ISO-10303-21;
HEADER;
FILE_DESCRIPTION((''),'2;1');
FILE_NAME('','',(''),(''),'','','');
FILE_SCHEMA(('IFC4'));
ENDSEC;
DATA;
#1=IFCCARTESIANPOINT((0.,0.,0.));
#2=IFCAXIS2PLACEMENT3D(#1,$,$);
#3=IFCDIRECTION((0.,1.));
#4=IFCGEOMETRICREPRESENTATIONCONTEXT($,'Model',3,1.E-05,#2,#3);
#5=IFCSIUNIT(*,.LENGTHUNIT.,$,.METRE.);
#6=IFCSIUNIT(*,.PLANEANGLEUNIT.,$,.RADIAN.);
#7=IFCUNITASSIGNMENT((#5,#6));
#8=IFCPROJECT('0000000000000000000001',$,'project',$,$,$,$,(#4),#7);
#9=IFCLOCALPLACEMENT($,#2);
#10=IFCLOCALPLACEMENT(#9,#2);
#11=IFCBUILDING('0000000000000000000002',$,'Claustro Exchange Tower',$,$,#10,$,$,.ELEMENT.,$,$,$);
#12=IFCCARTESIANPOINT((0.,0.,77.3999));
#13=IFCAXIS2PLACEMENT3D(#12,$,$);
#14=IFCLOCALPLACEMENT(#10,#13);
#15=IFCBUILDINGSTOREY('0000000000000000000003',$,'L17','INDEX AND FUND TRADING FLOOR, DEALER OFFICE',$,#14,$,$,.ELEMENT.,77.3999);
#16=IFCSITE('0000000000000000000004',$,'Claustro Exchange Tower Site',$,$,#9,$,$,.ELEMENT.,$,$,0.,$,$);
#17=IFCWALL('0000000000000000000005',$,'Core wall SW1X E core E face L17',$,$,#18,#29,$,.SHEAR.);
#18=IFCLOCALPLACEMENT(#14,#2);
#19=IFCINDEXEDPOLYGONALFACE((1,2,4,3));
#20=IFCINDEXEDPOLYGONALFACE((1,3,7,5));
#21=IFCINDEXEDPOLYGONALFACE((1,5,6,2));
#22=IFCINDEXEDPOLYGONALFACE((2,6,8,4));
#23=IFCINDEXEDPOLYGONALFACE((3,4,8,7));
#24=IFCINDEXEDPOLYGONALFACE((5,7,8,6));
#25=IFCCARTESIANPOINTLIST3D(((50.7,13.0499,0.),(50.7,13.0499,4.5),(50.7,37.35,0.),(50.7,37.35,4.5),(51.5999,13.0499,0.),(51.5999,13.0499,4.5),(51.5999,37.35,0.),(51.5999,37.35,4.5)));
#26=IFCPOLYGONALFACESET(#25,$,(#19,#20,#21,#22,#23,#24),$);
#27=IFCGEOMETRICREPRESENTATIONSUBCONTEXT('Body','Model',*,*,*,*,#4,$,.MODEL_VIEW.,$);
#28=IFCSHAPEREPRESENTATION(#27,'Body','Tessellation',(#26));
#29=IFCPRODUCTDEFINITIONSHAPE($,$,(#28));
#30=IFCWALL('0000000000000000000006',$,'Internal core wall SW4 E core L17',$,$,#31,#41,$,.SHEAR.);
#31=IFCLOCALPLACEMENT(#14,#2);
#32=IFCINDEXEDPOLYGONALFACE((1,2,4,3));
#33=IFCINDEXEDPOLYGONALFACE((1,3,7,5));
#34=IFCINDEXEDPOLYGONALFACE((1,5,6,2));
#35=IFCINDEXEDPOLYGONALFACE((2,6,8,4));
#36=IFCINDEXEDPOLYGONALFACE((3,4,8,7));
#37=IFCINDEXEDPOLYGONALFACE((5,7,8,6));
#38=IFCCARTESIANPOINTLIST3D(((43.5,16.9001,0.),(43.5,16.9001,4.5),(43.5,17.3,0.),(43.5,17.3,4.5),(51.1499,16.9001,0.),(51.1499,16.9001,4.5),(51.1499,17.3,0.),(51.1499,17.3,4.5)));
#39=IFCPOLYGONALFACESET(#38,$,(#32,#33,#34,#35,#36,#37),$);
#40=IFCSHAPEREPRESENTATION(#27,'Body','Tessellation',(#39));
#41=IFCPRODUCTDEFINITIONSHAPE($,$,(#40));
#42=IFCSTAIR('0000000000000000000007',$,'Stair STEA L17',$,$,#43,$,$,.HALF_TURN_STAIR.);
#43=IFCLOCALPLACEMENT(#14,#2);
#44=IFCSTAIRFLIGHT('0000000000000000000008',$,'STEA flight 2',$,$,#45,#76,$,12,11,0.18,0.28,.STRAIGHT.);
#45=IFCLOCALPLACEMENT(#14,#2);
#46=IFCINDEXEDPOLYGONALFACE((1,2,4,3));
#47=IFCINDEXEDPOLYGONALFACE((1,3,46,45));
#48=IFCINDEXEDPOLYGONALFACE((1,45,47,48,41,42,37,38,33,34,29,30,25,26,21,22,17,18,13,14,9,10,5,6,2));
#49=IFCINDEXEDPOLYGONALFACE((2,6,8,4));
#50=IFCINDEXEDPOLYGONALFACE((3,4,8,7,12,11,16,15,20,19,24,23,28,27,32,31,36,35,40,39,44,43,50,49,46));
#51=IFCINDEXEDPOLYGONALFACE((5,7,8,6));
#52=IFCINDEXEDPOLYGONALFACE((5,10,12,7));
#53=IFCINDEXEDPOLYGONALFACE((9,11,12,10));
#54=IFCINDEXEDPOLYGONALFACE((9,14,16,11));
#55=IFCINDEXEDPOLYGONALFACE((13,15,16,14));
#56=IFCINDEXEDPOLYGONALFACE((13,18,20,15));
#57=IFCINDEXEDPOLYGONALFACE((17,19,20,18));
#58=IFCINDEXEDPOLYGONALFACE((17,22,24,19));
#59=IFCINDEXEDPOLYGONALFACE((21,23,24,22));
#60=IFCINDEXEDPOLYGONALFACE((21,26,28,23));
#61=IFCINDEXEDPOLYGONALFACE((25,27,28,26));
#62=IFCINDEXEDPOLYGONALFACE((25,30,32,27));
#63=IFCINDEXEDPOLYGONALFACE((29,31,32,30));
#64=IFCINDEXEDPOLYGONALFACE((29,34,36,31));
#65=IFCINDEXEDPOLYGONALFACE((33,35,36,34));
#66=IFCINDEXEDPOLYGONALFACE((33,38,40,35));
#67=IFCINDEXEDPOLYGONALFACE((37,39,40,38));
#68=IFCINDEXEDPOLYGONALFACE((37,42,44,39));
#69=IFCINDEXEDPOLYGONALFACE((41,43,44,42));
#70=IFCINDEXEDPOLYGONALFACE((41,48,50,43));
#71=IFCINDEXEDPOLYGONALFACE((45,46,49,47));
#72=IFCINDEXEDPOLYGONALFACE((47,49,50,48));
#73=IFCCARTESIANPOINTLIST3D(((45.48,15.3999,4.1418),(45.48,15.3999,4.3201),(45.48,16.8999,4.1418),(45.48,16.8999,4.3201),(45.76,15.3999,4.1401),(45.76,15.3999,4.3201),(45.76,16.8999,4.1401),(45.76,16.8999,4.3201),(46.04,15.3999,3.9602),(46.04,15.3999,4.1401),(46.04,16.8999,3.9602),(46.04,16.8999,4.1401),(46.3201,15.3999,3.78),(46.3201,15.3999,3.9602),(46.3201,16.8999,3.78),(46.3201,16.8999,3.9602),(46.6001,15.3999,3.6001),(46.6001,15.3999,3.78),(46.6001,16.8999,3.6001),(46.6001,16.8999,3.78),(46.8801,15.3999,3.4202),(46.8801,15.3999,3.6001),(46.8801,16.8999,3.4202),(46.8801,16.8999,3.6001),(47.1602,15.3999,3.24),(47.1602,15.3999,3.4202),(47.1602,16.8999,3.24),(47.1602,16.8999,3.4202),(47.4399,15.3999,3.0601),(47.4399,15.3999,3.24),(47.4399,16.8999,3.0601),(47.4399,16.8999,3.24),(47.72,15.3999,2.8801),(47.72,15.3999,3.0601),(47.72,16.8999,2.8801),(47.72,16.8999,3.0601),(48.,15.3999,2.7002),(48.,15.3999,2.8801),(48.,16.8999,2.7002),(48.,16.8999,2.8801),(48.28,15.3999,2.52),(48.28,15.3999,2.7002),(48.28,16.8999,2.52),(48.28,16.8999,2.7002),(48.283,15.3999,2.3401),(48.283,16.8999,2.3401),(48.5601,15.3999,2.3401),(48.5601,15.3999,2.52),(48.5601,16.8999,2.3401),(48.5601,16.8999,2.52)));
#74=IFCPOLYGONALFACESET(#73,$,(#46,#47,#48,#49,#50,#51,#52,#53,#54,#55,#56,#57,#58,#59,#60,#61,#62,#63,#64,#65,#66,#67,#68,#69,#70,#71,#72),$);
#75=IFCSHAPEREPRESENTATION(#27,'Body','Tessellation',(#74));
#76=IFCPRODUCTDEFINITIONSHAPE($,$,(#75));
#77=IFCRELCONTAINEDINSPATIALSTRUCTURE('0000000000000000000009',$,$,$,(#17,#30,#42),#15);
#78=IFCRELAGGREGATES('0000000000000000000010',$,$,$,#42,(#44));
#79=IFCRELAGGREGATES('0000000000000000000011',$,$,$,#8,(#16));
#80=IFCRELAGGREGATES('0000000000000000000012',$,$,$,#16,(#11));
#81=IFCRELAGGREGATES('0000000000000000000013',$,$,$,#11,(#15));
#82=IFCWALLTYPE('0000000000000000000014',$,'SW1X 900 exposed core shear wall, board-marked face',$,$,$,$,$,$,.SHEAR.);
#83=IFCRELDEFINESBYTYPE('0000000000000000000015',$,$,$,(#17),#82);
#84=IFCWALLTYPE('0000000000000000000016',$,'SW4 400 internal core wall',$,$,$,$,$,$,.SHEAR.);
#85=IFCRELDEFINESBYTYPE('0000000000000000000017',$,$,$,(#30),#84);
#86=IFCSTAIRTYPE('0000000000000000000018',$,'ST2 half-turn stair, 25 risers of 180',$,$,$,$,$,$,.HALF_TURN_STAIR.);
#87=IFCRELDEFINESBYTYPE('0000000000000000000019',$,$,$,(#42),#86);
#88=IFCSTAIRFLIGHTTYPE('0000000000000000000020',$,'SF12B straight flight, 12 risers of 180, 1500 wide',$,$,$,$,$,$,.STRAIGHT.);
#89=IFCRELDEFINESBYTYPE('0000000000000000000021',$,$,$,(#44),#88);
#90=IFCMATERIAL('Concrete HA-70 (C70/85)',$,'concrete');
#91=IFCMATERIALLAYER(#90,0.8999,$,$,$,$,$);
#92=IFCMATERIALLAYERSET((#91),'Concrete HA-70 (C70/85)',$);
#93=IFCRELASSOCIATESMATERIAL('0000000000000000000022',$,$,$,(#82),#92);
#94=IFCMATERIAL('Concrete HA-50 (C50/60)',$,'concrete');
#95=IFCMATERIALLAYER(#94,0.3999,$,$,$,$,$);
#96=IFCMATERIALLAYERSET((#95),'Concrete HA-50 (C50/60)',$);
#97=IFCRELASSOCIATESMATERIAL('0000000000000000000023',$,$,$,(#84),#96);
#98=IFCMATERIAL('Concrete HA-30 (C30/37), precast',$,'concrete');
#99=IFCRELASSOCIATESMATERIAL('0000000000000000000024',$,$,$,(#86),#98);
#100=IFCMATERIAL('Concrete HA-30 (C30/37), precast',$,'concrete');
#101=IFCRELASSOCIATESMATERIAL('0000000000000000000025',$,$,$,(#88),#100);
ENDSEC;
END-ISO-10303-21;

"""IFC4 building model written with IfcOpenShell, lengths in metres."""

from ifc_helpers import new_model, si_unit, direction, frame, frame_2d, origin, place, context, subcontext, project, spatial, polyline, rectangle, outline, extrude, material, layer, layer_set, type_object, element, aggregate, save


model = new_model("IFC4")

# Units and contexts
model_context = context("Model", 3, precision=1e-05, world=origin(), true_north=direction((0.0, 1.0)))
body_context = subcontext(model_context, "Body", "Model", "MODEL_VIEW")
ifc_project = project(units=[si_unit("LENGTHUNIT", "METRE"), si_unit("PLANEANGLEUNIT", "RADIAN")], contexts=[model_context])

# Site, building, storey
site_placement = place(None, origin())
site = spatial("IfcSite", under=ifc_project, at=site_placement, Name="Claustro Exchange Tower Site", CompositionType="ELEMENT", RefElevation=0.0)
building_placement = place(site_placement, origin())
building = spatial("IfcBuilding", under=site, at=building_placement, Name="Claustro Exchange Tower", CompositionType="ELEMENT")
storey_placement = place(building_placement, frame((0.0, 0.0, 77.3999)))
storey = spatial("IfcBuildingStorey", under=building, at=storey_placement, Name="L17", Description="INDEX AND FUND TRADING FLOOR, DEALER OFFICE", CompositionType="ELEMENT", Elevation=77.3999)

# Walls
ifc_material_1 = material(Name="Concrete HA-70 (C70/85)", Category="concrete")
ifc_layer_1 = layer(ifc_material_1, 0.8999)
ifc_layer_set_1 = layer_set([ifc_layer_1], Name="Concrete HA-70 (C70/85)")
wall_type_1 = type_object("IfcWallType", Name="SW1X 900 exposed core shear wall, board-marked face", PredefinedType="SHEAR", material=ifc_layer_set_1)
wall_1_placement = place(storey_placement, frame((51.1499, 13.05, 0.0), z_axis=(0.0, 0.0, 1.0), x_axis=(0.0, 1.0, 0.0)))
element("IfcWall", 1, at=wall_1_placement, inside=storey, type_object=wall_type_1, Name="Core wall SW1X E core E face L17", PredefinedType="SHEAR", context=body_context, shape_type="SweptSolid", body=[
    extrude(rectangle(XDim=24.3, YDim=0.8999, at=frame_2d((12.1499, 0.0))), origin(), (0.0, 0.0, 1.0), 4.5),
])
ifc_material_2 = material(Name="Concrete HA-50 (C50/60)", Category="concrete")
ifc_layer_2 = layer(ifc_material_2, 0.3999)
ifc_layer_set_2 = layer_set([ifc_layer_2], Name="Concrete HA-50 (C50/60)")
wall_type_2 = type_object("IfcWallType", Name="SW4 400 internal core wall", PredefinedType="SHEAR", material=ifc_layer_set_2)
wall_2_placement = place(storey_placement, frame((51.1499, 17.1001, 0.0), z_axis=(0.0, 0.0, 1.0), x_axis=(-1.0, 0.0, 0.0)))
element("IfcWall", 2, at=wall_2_placement, inside=storey, type_object=wall_type_2, Name="Internal core wall SW4 E core L17", PredefinedType="SHEAR", context=body_context, shape_type="SweptSolid", body=[
    extrude(rectangle(XDim=7.6499, YDim=0.3999, at=frame_2d((3.825, 0.0))), origin(), (0.0, 0.0, 1.0), 4.5),
])

# Stair, stair flight
ifc_material_3 = material(Name="Concrete HA-30 (C30/37), precast", Category="concrete")
stair_type = type_object("IfcStairType", Name="ST2 half-turn stair, 25 risers of 180", PredefinedType="HALF_TURN_STAIR", material=ifc_material_3)
stair_placement = place(storey_placement, origin())
stair = element("IfcStair", 3, at=stair_placement, inside=storey, type_object=stair_type, Name="Stair STEA L17", PredefinedType="HALF_TURN_STAIR")
ifc_material_4 = material(Name="Concrete HA-30 (C30/37), precast", Category="concrete")
stair_flight_type = type_object("IfcStairFlightType", Name="SF12B straight flight, 12 risers of 180, 1500 wide", PredefinedType="STRAIGHT", material=ifc_material_4)
stair_flight_placement = place(storey_placement, frame((48.5601, 16.1499, 2.3401), z_axis=(0.0, 0.0, 1.0), x_axis=(-1.0, 0.0, 0.0)))
stair_flight = element("IfcStairFlight", 4, at=stair_flight_placement, type_object=stair_flight_type, Name="STEA flight 2", NumberOfRisers=12, NumberOfTreads=11, PredefinedType="STRAIGHT", RiserHeight=0.18, TreadLength=0.28, context=body_context, shape_type="SweptSolid", body=[
    extrude(outline(polyline([(0.0, 0.0), (0.0, 0.1799), (0.28, 0.1799), (0.28, 0.3601), (0.5601, 0.3601), (0.5601, 0.54), (0.8401, 0.54), (0.8401, 0.72), (1.1201, 0.72), (1.1201, 0.8999), (1.3999, 0.8999), (1.3999, 1.0801), (1.6799, 1.0801), (1.6799, 1.26), (1.96, 1.26), (1.96, 1.4399), (2.24, 1.4399), (2.24, 1.6201), (2.52, 1.6201), (2.52, 1.8), (2.8, 1.8), (2.8, 1.98), (3.0801, 1.98), (3.0801, 2.1599), (3.0801, 1.8018), (0.2771, 0.0), (0.0, 0.0)])), frame((0.0, 0.75, 0.0), z_axis=(0.0, -1.0, 0.0), x_axis=(1.0, 0.0, 0.0)), (0.0, 0.0, 1.0), 1.5),
])
aggregate(stair, [stair_flight])

save(model, "model.ifc")
